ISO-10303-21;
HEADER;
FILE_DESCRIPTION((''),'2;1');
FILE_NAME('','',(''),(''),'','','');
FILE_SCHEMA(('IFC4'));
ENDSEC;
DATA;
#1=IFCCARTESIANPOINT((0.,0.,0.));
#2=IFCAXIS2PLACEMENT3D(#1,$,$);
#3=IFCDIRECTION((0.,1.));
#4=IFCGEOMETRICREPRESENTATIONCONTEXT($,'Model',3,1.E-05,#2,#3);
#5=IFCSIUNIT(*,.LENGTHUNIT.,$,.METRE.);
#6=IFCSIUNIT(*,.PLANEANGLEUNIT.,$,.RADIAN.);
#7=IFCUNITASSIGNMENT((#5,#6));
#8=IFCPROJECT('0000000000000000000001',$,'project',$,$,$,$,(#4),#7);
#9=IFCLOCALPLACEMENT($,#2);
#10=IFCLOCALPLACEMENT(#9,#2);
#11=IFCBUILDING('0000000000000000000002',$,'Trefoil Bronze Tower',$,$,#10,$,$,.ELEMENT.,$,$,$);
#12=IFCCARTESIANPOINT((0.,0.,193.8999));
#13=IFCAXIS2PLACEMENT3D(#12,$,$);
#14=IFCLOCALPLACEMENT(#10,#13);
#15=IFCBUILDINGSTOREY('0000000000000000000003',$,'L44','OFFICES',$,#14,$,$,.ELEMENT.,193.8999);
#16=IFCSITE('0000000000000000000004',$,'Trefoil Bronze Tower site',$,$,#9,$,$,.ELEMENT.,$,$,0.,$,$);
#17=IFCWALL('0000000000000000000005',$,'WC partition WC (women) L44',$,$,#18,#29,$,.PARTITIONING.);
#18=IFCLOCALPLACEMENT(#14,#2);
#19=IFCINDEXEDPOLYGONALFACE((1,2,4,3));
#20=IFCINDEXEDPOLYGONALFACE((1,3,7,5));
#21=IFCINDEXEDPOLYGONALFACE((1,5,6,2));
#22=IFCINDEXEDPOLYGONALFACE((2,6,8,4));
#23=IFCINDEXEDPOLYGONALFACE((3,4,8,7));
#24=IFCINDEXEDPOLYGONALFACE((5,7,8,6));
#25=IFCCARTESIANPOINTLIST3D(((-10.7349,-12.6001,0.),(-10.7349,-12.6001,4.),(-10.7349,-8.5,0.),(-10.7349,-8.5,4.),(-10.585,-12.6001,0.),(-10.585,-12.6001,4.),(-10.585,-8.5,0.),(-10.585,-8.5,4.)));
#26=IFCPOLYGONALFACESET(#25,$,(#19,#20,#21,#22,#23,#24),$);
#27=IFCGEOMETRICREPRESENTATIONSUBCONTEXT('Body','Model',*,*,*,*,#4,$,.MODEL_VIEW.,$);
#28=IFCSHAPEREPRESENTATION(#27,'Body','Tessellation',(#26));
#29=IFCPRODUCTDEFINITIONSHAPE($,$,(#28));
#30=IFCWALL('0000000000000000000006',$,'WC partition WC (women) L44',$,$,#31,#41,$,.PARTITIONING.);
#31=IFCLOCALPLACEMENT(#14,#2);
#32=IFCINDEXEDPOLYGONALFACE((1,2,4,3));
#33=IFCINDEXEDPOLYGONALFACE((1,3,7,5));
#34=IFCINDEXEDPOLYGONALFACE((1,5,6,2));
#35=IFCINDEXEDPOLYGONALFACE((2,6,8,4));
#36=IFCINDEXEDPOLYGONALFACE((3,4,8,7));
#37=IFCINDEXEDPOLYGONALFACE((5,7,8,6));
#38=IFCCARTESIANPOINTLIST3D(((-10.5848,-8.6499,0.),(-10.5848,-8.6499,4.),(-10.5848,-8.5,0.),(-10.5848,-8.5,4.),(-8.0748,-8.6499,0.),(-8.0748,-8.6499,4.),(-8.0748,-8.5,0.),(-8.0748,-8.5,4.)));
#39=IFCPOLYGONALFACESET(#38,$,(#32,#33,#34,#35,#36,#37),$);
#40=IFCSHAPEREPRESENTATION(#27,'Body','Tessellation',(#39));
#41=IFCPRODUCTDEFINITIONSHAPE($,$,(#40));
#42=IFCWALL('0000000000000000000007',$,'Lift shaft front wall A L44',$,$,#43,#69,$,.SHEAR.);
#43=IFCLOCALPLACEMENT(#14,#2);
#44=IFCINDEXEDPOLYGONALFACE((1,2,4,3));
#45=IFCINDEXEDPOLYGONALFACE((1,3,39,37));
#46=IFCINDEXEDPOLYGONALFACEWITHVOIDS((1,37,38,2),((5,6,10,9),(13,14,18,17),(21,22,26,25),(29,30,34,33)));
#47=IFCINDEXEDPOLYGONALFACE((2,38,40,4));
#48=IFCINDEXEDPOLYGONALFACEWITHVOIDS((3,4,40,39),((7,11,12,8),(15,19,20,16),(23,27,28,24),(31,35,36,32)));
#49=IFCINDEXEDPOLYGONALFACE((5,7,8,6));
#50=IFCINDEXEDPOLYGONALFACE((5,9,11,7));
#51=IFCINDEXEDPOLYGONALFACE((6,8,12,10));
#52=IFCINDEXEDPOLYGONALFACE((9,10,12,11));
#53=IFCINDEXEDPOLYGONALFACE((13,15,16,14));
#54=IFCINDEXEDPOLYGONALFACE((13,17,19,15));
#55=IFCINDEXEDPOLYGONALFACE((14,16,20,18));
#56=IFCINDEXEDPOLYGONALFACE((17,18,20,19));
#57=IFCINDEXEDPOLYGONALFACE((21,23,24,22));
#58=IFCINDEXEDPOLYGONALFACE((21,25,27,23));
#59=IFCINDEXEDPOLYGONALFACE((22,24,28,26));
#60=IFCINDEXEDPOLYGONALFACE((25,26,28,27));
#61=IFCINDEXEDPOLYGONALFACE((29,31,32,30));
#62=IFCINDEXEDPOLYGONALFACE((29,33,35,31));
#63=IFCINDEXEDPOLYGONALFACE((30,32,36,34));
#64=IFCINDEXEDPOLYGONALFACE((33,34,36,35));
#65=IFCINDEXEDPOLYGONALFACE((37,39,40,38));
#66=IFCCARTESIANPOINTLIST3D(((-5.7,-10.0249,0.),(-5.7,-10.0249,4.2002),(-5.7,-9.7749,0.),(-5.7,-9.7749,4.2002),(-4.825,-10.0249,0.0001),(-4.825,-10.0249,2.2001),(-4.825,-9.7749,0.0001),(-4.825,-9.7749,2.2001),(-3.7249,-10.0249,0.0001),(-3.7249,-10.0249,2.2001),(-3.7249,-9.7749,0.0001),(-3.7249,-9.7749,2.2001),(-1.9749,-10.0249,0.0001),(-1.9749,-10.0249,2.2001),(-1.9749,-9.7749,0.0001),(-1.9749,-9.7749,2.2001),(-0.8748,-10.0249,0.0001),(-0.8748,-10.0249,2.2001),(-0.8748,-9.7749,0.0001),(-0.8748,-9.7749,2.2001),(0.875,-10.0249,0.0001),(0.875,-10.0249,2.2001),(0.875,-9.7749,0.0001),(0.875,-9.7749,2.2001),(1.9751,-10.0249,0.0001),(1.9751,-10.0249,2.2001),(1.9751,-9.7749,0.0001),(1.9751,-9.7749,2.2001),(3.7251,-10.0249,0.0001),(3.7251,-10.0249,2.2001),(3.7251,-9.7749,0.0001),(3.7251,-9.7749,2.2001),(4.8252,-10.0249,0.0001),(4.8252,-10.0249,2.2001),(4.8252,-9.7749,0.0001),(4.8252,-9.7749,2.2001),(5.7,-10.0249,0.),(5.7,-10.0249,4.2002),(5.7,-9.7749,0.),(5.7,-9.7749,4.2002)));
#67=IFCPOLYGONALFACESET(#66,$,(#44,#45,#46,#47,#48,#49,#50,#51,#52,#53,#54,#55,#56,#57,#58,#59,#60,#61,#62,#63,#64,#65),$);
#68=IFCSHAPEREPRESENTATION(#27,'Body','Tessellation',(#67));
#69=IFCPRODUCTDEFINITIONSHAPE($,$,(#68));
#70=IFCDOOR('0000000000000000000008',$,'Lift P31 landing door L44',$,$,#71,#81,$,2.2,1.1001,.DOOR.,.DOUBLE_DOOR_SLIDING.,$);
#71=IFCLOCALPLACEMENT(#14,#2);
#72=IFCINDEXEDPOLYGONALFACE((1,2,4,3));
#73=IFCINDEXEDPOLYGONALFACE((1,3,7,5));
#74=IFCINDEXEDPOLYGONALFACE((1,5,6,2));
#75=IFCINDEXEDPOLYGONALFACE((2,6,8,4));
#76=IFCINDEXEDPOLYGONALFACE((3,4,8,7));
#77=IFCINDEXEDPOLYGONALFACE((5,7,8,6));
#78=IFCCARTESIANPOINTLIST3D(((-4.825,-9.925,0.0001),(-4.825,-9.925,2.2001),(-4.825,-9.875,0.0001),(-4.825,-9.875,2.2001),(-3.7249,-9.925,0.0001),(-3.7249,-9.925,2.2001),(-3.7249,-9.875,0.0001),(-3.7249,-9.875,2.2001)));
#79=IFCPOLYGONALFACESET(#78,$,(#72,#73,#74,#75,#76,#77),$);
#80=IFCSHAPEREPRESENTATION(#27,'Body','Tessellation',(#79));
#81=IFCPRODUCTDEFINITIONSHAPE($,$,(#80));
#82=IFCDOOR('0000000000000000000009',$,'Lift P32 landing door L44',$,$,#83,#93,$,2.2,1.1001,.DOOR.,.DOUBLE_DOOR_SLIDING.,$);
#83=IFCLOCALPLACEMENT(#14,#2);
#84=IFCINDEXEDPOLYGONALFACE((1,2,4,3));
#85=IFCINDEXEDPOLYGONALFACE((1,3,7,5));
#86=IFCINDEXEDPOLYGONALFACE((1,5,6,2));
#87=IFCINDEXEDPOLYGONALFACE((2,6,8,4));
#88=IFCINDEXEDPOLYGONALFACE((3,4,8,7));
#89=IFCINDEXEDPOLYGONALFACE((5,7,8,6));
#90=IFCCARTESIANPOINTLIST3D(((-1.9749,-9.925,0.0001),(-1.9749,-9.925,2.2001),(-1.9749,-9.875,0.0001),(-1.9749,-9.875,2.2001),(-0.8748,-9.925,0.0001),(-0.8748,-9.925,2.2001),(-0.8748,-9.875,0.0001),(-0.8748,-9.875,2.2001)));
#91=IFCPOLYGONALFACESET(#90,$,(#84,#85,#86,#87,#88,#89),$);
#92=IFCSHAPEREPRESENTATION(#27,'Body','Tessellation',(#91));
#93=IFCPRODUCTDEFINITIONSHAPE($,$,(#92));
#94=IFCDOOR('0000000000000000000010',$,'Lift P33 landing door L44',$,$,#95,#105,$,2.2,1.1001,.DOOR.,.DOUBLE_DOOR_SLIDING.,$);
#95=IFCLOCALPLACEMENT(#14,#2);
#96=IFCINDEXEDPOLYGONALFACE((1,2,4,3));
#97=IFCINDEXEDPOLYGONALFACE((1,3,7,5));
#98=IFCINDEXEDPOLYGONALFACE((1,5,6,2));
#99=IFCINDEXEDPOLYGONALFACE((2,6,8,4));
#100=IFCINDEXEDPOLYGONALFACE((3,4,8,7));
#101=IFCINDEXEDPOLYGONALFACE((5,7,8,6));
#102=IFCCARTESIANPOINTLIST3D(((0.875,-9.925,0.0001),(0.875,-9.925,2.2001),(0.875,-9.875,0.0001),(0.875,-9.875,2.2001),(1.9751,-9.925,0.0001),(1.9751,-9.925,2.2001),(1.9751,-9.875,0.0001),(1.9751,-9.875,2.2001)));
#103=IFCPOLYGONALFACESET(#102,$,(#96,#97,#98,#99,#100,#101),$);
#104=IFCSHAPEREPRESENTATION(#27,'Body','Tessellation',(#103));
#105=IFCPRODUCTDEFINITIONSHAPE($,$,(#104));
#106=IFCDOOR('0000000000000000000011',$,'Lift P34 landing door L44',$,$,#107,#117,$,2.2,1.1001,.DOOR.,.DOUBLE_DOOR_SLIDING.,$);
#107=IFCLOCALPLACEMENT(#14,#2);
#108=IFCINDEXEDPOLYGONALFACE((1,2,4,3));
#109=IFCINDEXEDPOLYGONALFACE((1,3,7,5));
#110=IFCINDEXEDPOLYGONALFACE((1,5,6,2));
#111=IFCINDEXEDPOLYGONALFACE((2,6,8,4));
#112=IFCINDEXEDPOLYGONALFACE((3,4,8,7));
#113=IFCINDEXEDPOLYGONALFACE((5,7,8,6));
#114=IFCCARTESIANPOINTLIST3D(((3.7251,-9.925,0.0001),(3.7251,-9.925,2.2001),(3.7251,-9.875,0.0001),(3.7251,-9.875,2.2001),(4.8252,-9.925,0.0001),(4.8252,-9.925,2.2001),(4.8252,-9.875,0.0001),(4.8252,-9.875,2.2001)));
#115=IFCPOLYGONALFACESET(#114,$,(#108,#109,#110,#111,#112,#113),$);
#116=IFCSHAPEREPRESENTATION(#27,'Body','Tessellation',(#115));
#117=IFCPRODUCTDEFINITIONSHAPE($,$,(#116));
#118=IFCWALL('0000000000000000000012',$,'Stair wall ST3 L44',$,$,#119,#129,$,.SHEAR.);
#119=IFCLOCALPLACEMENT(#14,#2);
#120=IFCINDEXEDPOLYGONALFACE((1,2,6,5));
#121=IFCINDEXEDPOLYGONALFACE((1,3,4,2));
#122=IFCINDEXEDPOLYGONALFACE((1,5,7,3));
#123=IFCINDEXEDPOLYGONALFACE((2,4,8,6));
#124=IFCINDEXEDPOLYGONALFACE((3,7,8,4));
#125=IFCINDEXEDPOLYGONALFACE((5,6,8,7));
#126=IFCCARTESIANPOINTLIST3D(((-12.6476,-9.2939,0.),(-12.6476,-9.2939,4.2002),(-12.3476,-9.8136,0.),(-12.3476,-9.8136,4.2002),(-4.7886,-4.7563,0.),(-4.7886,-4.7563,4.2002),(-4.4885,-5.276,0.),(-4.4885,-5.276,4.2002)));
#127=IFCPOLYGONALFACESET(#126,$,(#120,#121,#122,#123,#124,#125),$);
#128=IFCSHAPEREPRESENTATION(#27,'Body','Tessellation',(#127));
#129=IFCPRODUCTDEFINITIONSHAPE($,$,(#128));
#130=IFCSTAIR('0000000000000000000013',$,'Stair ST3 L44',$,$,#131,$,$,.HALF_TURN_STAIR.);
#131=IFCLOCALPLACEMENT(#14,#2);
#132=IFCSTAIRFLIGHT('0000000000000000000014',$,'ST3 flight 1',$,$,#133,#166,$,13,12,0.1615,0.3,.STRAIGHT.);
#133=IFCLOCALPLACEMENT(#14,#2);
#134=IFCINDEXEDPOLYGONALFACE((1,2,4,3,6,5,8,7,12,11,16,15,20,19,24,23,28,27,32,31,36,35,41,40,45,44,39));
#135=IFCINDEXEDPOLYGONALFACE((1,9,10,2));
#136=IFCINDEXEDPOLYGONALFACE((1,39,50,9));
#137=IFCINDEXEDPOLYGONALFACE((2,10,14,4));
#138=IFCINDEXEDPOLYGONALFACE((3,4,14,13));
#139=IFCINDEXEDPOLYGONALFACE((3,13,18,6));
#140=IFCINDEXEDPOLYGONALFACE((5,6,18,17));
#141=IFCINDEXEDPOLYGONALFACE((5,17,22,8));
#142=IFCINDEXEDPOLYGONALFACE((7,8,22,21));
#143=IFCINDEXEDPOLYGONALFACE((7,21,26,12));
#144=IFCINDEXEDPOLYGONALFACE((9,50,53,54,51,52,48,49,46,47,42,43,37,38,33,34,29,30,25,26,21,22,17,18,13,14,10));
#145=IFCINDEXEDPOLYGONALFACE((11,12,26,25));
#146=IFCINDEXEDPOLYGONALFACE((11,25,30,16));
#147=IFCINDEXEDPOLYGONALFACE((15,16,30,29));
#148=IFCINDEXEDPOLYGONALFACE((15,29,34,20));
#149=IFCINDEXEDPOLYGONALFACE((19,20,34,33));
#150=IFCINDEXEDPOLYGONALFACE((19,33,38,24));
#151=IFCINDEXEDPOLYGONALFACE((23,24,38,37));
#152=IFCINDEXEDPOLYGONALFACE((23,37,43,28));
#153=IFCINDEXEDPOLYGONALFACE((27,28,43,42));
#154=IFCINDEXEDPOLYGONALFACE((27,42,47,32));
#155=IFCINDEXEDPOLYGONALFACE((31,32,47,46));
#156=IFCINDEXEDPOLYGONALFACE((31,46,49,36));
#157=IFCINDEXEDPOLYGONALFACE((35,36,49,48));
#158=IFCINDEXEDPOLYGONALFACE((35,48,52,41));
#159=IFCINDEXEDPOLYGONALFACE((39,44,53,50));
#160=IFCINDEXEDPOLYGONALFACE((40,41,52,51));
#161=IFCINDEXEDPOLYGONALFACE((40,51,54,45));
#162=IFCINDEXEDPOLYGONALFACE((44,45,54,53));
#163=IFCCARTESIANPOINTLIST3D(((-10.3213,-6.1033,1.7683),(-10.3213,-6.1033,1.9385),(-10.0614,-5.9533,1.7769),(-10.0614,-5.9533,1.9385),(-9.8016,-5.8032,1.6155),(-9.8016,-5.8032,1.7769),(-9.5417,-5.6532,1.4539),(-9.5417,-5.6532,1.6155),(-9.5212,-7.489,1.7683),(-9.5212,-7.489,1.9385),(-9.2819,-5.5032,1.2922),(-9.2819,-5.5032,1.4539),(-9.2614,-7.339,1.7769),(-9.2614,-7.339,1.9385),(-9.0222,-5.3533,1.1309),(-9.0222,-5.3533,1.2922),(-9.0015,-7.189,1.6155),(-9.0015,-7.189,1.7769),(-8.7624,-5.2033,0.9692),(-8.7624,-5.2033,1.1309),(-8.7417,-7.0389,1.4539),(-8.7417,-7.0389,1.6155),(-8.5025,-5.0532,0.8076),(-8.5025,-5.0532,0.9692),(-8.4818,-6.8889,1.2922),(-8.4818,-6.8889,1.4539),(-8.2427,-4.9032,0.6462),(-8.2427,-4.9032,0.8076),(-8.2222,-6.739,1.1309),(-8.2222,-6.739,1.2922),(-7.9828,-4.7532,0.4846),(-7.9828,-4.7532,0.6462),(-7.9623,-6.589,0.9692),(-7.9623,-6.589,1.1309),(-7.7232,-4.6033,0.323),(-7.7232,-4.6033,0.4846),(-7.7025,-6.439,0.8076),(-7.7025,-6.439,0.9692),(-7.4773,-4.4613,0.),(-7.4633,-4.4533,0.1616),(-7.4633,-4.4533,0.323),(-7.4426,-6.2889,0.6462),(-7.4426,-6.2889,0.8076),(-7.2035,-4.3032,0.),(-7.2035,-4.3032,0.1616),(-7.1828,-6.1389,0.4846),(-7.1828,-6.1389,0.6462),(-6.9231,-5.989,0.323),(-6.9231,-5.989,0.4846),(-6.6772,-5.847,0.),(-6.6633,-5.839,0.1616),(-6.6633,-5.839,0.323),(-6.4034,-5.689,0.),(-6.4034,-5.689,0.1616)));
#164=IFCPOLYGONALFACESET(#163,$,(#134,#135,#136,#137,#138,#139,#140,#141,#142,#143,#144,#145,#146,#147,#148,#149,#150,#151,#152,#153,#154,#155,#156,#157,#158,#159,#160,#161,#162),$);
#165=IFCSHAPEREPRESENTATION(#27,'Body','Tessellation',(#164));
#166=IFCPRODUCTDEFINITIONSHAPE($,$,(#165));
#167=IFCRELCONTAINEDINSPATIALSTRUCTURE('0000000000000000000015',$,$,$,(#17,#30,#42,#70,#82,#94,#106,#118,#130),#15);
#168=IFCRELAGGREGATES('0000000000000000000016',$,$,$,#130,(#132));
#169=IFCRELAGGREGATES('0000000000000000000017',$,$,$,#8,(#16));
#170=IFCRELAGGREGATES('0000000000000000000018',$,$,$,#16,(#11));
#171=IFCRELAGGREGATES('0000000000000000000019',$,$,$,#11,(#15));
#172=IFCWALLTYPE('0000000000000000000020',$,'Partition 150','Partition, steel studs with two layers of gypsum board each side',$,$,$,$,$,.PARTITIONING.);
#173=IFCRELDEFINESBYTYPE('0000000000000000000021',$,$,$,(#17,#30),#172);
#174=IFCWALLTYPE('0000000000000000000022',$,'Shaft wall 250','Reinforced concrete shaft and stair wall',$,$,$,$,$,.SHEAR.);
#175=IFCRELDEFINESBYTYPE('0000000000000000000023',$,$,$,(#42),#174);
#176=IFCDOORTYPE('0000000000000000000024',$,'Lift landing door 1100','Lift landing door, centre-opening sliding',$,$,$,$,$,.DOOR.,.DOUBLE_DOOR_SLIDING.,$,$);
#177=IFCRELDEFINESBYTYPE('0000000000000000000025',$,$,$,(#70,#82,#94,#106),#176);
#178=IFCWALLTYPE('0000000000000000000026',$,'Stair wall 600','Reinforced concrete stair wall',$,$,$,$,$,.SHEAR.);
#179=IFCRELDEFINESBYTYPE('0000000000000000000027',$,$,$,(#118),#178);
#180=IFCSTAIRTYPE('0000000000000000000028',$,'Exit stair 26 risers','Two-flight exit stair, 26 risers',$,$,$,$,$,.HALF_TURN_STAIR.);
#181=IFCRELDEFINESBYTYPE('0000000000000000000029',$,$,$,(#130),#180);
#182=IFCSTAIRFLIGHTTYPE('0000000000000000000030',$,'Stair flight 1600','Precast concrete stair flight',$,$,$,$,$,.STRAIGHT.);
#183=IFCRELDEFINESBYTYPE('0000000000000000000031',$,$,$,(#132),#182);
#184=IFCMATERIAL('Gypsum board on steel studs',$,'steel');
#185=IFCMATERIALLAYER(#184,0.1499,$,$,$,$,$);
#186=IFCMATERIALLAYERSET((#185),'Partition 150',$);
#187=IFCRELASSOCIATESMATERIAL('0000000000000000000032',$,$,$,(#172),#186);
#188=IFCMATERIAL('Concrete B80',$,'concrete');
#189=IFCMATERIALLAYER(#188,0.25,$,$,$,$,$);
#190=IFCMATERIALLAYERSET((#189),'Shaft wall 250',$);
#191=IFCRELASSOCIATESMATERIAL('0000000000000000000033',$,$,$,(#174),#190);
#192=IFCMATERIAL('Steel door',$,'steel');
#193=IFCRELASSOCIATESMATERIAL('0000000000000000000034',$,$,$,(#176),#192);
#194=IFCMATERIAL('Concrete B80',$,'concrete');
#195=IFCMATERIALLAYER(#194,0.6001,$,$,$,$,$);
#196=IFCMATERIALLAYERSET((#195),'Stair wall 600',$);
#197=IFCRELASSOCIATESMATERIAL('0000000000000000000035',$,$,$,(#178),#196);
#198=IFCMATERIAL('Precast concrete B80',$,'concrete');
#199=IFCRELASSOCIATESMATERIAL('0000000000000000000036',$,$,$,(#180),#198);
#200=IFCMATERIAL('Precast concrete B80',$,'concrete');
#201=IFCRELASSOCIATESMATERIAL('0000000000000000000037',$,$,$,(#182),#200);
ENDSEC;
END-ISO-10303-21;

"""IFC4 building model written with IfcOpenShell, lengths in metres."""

from ifc_helpers import new_model, si_unit, direction, frame, frame_2d, origin, place, context, subcontext, project, spatial, polyline, rectangle, outline, extrude, material, layer, layer_set, type_object, element, fill, aggregate, save


model = new_model("IFC4")

# Units and contexts
model_context = context("Model", 3, precision=1e-05, world=origin(), true_north=direction((0.0, 1.0)))
body_context = subcontext(model_context, "Body", "Model", "MODEL_VIEW")
ifc_project = project(units=[si_unit("LENGTHUNIT", "METRE"), si_unit("PLANEANGLEUNIT", "RADIAN")], contexts=[model_context])

# Site, building, storey
site_placement = place(None, origin())
site = spatial("IfcSite", under=ifc_project, at=site_placement, Name="Trefoil Bronze Tower site", CompositionType="ELEMENT", RefElevation=0.0)
building_placement = place(site_placement, origin())
building = spatial("IfcBuilding", under=site, at=building_placement, Name="Trefoil Bronze Tower", CompositionType="ELEMENT")
storey_placement = place(building_placement, frame((0.0, 0.0, 193.8999)))
storey = spatial("IfcBuildingStorey", under=building, at=storey_placement, Name="L44", Description="OFFICES", CompositionType="ELEMENT", Elevation=193.8999)

# Shared definitions
ifc_material_1 = material(Name="Gypsum board on steel studs", Category="steel")
ifc_layer_1 = layer(ifc_material_1, 0.1499)
ifc_layer_set_1 = layer_set([ifc_layer_1], Name="Partition 150")
wall_type_1 = type_object("IfcWallType", Name="Partition 150", Description="Partition, steel studs with two layers of gypsum board each side", PredefinedType="PARTITIONING", material=ifc_layer_set_1)

# Walls
wall_1_placement = place(storey_placement, frame((-10.6599, -8.5, 0.0), z_axis=(0.0, 0.0, 1.0), x_axis=(0.0, -1.0, 0.0)))
element("IfcWall", 1, at=wall_1_placement, inside=storey, type_object=wall_type_1, Name="WC partition WC (women) L44", PredefinedType="PARTITIONING", context=body_context, shape_type="SweptSolid", body=[
    extrude(rectangle(XDim=4.1001, YDim=0.1499, at=frame_2d((2.05, 0.0))), origin(), (0.0, 0.0, 1.0), 4.0),
])
wall_2_placement = place(storey_placement, frame((-8.075, -8.575, 0.0), z_axis=(0.0, 0.0, 1.0), x_axis=(-1.0, 0.0, 0.0)))
element("IfcWall", 2, at=wall_2_placement, inside=storey, type_object=wall_type_1, Name="WC partition WC (women) L44", PredefinedType="PARTITIONING", context=body_context, shape_type="SweptSolid", body=[
    extrude(rectangle(XDim=2.51, YDim=0.1499, at=frame_2d((1.2549, 0.0))), origin(), (0.0, 0.0, 1.0), 4.0),
])

# Wall, openings, doors
ifc_material_2 = material(Name="Concrete B80", Category="concrete")
ifc_layer_2 = layer(ifc_material_2, 0.25)
ifc_layer_set_2 = layer_set([ifc_layer_2], Name="Shaft wall 250")
wall_type_2 = type_object("IfcWallType", Name="Shaft wall 250", Description="Reinforced concrete shaft and stair wall", PredefinedType="SHEAR", material=ifc_layer_set_2)
wall_3_placement = place(storey_placement, frame((-5.7, -9.8999, 0.0), z_axis=(0.0, 0.0, 1.0), x_axis=(1.0, 0.0, 0.0)))
wall_3 = element("IfcWall", 3, at=wall_3_placement, inside=storey, type_object=wall_type_2, Name="Lift shaft front wall A L44", PredefinedType="SHEAR", context=body_context, shape_type="SweptSolid", body=[
    extrude(rectangle(XDim=11.3999, YDim=0.25, at=frame_2d((5.7, 0.0))), origin(), (0.0, 0.0, 1.0), 4.2002),
])
opening_1_placement = place(wall_3_placement, frame((0.875, 0.0, 0.0)))
opening_1 = element("IfcOpeningElement", 4, at=opening_1_placement, cuts=wall_3, PredefinedType="OPENING", context=body_context, shape_type="SweptSolid", body=[
    extrude(rectangle(XDim=1.1001, YDim=2.2, at=frame_2d((0.55, 1.1001))), frame((0.0, 0.135, 0.0), z_axis=(0.0, -1.0, 0.0), x_axis=(1.0, 0.0, 0.0)), (0.0, 0.0, 1.0), 0.27),
])
opening_2_placement = place(wall_3_placement, frame((3.7251, 0.0, 0.0)))
opening_2 = element("IfcOpeningElement", 5, at=opening_2_placement, cuts=wall_3, PredefinedType="OPENING", context=body_context, shape_type="SweptSolid", body=[
    extrude(rectangle(XDim=1.1001, YDim=2.2, at=frame_2d((0.55, 1.1001))), frame((0.0, 0.135, 0.0), z_axis=(0.0, -1.0, 0.0), x_axis=(1.0, 0.0, 0.0)), (0.0, 0.0, 1.0), 0.27),
])
opening_3_placement = place(wall_3_placement, frame((6.575, 0.0, 0.0)))
opening_3 = element("IfcOpeningElement", 6, at=opening_3_placement, cuts=wall_3, PredefinedType="OPENING", context=body_context, shape_type="SweptSolid", body=[
    extrude(rectangle(XDim=1.1001, YDim=2.2, at=frame_2d((0.55, 1.1001))), frame((0.0, 0.135, 0.0), z_axis=(0.0, -1.0, 0.0), x_axis=(1.0, 0.0, 0.0)), (0.0, 0.0, 1.0), 0.27),
])
opening_4_placement = place(wall_3_placement, frame((9.425, 0.0, 0.0)))
opening_4 = element("IfcOpeningElement", 7, at=opening_4_placement, cuts=wall_3, PredefinedType="OPENING", context=body_context, shape_type="SweptSolid", body=[
    extrude(rectangle(XDim=1.1001, YDim=2.2, at=frame_2d((0.55, 1.1001))), frame((0.0, 0.135, 0.0), z_axis=(0.0, -1.0, 0.0), x_axis=(1.0, 0.0, 0.0)), (0.0, 0.0, 1.0), 0.27),
])
ifc_material_3 = material(Name="Steel door", Category="steel")
door_type_1 = type_object("IfcDoorType", Name="Lift landing door 1100", Description="Lift landing door, centre-opening sliding", OperationType="DOUBLE_DOOR_SLIDING", PredefinedType="DOOR", material=ifc_material_3)
door_1_placement = place(opening_1_placement, origin())
door_1 = element("IfcDoor", 8, at=door_1_placement, inside=storey, type_object=door_type_1, Name="Lift P31 landing door L44", OperationType="DOUBLE_DOOR_SLIDING", OverallHeight=2.2, OverallWidth=1.1001, PredefinedType="DOOR", context=body_context, shape_type="SweptSolid", body=[
    extrude(rectangle(XDim=1.1001, YDim=2.2, at=frame_2d((0.55, 1.1001))), frame((0.0, 0.0249, 0.0), z_axis=(0.0, -1.0, 0.0), x_axis=(1.0, 0.0, 0.0)), (0.0, 0.0, 1.0), 0.05),
])
fill(opening_1, door_1)
door_2_placement = place(opening_2_placement, origin())
door_2 = element("IfcDoor", 9, at=door_2_placement, inside=storey, type_object=door_type_1, Name="Lift P32 landing door L44", OperationType="DOUBLE_DOOR_SLIDING", OverallHeight=2.2, OverallWidth=1.1001, PredefinedType="DOOR", context=body_context, shape_type="SweptSolid", body=[
    extrude(rectangle(XDim=1.1001, YDim=2.2, at=frame_2d((0.55, 1.1001))), frame((0.0, 0.0249, 0.0), z_axis=(0.0, -1.0, 0.0), x_axis=(1.0, 0.0, 0.0)), (0.0, 0.0, 1.0), 0.05),
])
fill(opening_2, door_2)
door_3_placement = place(opening_3_placement, origin())
door_3 = element("IfcDoor", 10, at=door_3_placement, inside=storey, type_object=door_type_1, Name="Lift P33 landing door L44", OperationType="DOUBLE_DOOR_SLIDING", OverallHeight=2.2, OverallWidth=1.1001, PredefinedType="DOOR", context=body_context, shape_type="SweptSolid", body=[
    extrude(rectangle(XDim=1.1001, YDim=2.2, at=frame_2d((0.55, 1.1001))), frame((0.0, 0.0249, 0.0), z_axis=(0.0, -1.0, 0.0), x_axis=(1.0, 0.0, 0.0)), (0.0, 0.0, 1.0), 0.05),
])
fill(opening_3, door_3)
door_4_placement = place(opening_4_placement, origin())
door_4 = element("IfcDoor", 11, at=door_4_placement, inside=storey, type_object=door_type_1, Name="Lift P34 landing door L44", OperationType="DOUBLE_DOOR_SLIDING", OverallHeight=2.2, OverallWidth=1.1001, PredefinedType="DOOR", context=body_context, shape_type="SweptSolid", body=[
    extrude(rectangle(XDim=1.1001, YDim=2.2, at=frame_2d((0.55, 1.1001))), frame((0.0, 0.0249, 0.0), z_axis=(0.0, -1.0, 0.0), x_axis=(1.0, 0.0, 0.0)), (0.0, 0.0, 1.0), 0.05),
])
fill(opening_4, door_4)

# Wall
ifc_material_4 = material(Name="Concrete B80", Category="concrete")
ifc_layer_3 = layer(ifc_material_4, 0.6001)
ifc_layer_set_3 = layer_set([ifc_layer_3], Name="Stair wall 600")
wall_type_3 = type_object("IfcWallType", Name="Stair wall 600", Description="Reinforced concrete stair wall", PredefinedType="SHEAR", material=ifc_layer_set_3)
wall_4_placement = place(storey_placement, frame((-4.6384, -5.0161, 0.0), z_axis=(0.0, 0.0, 1.0), x_axis=(-0.866019, -0.50001, 0.0)))
element("IfcWall", 12, at=wall_4_placement, inside=storey, type_object=wall_type_3, Name="Stair wall ST3 L44", PredefinedType="SHEAR", context=body_context, shape_type="SweptSolid", body=[
    extrude(rectangle(XDim=9.075, YDim=0.6001, at=frame_2d((4.5376, 0.0))), origin(), (0.0, 0.0, 1.0), 4.2002),
])

# Stair, stair flight
ifc_material_5 = material(Name="Precast concrete B80", Category="concrete")
stair_type = type_object("IfcStairType", Name="Exit stair 26 risers", Description="Two-flight exit stair, 26 risers", PredefinedType="HALF_TURN_STAIR", material=ifc_material_5)
stair_placement = place(storey_placement, origin())
stair = element("IfcStair", 13, at=stair_placement, inside=storey, type_object=stair_type, Name="Stair ST3 L44", PredefinedType="HALF_TURN_STAIR")
ifc_material_6 = material(Name="Precast concrete B80", Category="concrete")
stair_flight_type = type_object("IfcStairFlightType", Name="Stair flight 1600", Description="Precast concrete stair flight", PredefinedType="STRAIGHT", material=ifc_material_6)
stair_flight_1_placement = place(storey_placement, frame((-6.8035, -4.9961, 0.0), z_axis=(0.0, 0.0, 1.0), x_axis=(-0.866025, -0.5, 0.0)))
stair_flight_1 = element("IfcStairFlight", 14, at=stair_flight_1_placement, type_object=stair_flight_type, Name="ST3 flight 1", NumberOfRisers=13, NumberOfTreads=12, PredefinedType="STRAIGHT", RiserHeight=0.1615, TreadLength=0.3, context=body_context, shape_type="SweptSolid", body=[
    extrude(outline(polyline([(0.0, 0.0), (0.0, 0.1616), (0.3, 0.1616), (0.3, 0.323), (0.6001, 0.323), (0.6001, 0.4846), (0.8999, 0.4846), (0.8999, 0.6462), (1.2, 0.6462), (1.2, 0.8076), (1.5, 0.8076), (1.5, 0.9692), (1.8, 0.9692), (1.8, 1.1309), (2.1001, 1.1309), (2.1001, 1.2922), (2.3999, 1.2922), (2.3999, 1.4539), (2.7, 1.4539), (2.7, 1.6155), (3.0, 1.6155), (3.0, 1.7769), (3.3, 1.7769), (3.3, 1.9385), (3.6001, 1.9385), (3.6001, 2.1001), (3.6001, 1.7683), (0.3162, 0.0), (0.0, 0.0)])), frame((0.0, 0.8, 0.0), z_axis=(0.0, -1.0, 0.0), x_axis=(1.0, 0.0, 0.0)), (0.0, 0.0, 1.0), 1.6001),
])
aggregate(stair, [stair_flight_1])

save(model, "model.ifc")
